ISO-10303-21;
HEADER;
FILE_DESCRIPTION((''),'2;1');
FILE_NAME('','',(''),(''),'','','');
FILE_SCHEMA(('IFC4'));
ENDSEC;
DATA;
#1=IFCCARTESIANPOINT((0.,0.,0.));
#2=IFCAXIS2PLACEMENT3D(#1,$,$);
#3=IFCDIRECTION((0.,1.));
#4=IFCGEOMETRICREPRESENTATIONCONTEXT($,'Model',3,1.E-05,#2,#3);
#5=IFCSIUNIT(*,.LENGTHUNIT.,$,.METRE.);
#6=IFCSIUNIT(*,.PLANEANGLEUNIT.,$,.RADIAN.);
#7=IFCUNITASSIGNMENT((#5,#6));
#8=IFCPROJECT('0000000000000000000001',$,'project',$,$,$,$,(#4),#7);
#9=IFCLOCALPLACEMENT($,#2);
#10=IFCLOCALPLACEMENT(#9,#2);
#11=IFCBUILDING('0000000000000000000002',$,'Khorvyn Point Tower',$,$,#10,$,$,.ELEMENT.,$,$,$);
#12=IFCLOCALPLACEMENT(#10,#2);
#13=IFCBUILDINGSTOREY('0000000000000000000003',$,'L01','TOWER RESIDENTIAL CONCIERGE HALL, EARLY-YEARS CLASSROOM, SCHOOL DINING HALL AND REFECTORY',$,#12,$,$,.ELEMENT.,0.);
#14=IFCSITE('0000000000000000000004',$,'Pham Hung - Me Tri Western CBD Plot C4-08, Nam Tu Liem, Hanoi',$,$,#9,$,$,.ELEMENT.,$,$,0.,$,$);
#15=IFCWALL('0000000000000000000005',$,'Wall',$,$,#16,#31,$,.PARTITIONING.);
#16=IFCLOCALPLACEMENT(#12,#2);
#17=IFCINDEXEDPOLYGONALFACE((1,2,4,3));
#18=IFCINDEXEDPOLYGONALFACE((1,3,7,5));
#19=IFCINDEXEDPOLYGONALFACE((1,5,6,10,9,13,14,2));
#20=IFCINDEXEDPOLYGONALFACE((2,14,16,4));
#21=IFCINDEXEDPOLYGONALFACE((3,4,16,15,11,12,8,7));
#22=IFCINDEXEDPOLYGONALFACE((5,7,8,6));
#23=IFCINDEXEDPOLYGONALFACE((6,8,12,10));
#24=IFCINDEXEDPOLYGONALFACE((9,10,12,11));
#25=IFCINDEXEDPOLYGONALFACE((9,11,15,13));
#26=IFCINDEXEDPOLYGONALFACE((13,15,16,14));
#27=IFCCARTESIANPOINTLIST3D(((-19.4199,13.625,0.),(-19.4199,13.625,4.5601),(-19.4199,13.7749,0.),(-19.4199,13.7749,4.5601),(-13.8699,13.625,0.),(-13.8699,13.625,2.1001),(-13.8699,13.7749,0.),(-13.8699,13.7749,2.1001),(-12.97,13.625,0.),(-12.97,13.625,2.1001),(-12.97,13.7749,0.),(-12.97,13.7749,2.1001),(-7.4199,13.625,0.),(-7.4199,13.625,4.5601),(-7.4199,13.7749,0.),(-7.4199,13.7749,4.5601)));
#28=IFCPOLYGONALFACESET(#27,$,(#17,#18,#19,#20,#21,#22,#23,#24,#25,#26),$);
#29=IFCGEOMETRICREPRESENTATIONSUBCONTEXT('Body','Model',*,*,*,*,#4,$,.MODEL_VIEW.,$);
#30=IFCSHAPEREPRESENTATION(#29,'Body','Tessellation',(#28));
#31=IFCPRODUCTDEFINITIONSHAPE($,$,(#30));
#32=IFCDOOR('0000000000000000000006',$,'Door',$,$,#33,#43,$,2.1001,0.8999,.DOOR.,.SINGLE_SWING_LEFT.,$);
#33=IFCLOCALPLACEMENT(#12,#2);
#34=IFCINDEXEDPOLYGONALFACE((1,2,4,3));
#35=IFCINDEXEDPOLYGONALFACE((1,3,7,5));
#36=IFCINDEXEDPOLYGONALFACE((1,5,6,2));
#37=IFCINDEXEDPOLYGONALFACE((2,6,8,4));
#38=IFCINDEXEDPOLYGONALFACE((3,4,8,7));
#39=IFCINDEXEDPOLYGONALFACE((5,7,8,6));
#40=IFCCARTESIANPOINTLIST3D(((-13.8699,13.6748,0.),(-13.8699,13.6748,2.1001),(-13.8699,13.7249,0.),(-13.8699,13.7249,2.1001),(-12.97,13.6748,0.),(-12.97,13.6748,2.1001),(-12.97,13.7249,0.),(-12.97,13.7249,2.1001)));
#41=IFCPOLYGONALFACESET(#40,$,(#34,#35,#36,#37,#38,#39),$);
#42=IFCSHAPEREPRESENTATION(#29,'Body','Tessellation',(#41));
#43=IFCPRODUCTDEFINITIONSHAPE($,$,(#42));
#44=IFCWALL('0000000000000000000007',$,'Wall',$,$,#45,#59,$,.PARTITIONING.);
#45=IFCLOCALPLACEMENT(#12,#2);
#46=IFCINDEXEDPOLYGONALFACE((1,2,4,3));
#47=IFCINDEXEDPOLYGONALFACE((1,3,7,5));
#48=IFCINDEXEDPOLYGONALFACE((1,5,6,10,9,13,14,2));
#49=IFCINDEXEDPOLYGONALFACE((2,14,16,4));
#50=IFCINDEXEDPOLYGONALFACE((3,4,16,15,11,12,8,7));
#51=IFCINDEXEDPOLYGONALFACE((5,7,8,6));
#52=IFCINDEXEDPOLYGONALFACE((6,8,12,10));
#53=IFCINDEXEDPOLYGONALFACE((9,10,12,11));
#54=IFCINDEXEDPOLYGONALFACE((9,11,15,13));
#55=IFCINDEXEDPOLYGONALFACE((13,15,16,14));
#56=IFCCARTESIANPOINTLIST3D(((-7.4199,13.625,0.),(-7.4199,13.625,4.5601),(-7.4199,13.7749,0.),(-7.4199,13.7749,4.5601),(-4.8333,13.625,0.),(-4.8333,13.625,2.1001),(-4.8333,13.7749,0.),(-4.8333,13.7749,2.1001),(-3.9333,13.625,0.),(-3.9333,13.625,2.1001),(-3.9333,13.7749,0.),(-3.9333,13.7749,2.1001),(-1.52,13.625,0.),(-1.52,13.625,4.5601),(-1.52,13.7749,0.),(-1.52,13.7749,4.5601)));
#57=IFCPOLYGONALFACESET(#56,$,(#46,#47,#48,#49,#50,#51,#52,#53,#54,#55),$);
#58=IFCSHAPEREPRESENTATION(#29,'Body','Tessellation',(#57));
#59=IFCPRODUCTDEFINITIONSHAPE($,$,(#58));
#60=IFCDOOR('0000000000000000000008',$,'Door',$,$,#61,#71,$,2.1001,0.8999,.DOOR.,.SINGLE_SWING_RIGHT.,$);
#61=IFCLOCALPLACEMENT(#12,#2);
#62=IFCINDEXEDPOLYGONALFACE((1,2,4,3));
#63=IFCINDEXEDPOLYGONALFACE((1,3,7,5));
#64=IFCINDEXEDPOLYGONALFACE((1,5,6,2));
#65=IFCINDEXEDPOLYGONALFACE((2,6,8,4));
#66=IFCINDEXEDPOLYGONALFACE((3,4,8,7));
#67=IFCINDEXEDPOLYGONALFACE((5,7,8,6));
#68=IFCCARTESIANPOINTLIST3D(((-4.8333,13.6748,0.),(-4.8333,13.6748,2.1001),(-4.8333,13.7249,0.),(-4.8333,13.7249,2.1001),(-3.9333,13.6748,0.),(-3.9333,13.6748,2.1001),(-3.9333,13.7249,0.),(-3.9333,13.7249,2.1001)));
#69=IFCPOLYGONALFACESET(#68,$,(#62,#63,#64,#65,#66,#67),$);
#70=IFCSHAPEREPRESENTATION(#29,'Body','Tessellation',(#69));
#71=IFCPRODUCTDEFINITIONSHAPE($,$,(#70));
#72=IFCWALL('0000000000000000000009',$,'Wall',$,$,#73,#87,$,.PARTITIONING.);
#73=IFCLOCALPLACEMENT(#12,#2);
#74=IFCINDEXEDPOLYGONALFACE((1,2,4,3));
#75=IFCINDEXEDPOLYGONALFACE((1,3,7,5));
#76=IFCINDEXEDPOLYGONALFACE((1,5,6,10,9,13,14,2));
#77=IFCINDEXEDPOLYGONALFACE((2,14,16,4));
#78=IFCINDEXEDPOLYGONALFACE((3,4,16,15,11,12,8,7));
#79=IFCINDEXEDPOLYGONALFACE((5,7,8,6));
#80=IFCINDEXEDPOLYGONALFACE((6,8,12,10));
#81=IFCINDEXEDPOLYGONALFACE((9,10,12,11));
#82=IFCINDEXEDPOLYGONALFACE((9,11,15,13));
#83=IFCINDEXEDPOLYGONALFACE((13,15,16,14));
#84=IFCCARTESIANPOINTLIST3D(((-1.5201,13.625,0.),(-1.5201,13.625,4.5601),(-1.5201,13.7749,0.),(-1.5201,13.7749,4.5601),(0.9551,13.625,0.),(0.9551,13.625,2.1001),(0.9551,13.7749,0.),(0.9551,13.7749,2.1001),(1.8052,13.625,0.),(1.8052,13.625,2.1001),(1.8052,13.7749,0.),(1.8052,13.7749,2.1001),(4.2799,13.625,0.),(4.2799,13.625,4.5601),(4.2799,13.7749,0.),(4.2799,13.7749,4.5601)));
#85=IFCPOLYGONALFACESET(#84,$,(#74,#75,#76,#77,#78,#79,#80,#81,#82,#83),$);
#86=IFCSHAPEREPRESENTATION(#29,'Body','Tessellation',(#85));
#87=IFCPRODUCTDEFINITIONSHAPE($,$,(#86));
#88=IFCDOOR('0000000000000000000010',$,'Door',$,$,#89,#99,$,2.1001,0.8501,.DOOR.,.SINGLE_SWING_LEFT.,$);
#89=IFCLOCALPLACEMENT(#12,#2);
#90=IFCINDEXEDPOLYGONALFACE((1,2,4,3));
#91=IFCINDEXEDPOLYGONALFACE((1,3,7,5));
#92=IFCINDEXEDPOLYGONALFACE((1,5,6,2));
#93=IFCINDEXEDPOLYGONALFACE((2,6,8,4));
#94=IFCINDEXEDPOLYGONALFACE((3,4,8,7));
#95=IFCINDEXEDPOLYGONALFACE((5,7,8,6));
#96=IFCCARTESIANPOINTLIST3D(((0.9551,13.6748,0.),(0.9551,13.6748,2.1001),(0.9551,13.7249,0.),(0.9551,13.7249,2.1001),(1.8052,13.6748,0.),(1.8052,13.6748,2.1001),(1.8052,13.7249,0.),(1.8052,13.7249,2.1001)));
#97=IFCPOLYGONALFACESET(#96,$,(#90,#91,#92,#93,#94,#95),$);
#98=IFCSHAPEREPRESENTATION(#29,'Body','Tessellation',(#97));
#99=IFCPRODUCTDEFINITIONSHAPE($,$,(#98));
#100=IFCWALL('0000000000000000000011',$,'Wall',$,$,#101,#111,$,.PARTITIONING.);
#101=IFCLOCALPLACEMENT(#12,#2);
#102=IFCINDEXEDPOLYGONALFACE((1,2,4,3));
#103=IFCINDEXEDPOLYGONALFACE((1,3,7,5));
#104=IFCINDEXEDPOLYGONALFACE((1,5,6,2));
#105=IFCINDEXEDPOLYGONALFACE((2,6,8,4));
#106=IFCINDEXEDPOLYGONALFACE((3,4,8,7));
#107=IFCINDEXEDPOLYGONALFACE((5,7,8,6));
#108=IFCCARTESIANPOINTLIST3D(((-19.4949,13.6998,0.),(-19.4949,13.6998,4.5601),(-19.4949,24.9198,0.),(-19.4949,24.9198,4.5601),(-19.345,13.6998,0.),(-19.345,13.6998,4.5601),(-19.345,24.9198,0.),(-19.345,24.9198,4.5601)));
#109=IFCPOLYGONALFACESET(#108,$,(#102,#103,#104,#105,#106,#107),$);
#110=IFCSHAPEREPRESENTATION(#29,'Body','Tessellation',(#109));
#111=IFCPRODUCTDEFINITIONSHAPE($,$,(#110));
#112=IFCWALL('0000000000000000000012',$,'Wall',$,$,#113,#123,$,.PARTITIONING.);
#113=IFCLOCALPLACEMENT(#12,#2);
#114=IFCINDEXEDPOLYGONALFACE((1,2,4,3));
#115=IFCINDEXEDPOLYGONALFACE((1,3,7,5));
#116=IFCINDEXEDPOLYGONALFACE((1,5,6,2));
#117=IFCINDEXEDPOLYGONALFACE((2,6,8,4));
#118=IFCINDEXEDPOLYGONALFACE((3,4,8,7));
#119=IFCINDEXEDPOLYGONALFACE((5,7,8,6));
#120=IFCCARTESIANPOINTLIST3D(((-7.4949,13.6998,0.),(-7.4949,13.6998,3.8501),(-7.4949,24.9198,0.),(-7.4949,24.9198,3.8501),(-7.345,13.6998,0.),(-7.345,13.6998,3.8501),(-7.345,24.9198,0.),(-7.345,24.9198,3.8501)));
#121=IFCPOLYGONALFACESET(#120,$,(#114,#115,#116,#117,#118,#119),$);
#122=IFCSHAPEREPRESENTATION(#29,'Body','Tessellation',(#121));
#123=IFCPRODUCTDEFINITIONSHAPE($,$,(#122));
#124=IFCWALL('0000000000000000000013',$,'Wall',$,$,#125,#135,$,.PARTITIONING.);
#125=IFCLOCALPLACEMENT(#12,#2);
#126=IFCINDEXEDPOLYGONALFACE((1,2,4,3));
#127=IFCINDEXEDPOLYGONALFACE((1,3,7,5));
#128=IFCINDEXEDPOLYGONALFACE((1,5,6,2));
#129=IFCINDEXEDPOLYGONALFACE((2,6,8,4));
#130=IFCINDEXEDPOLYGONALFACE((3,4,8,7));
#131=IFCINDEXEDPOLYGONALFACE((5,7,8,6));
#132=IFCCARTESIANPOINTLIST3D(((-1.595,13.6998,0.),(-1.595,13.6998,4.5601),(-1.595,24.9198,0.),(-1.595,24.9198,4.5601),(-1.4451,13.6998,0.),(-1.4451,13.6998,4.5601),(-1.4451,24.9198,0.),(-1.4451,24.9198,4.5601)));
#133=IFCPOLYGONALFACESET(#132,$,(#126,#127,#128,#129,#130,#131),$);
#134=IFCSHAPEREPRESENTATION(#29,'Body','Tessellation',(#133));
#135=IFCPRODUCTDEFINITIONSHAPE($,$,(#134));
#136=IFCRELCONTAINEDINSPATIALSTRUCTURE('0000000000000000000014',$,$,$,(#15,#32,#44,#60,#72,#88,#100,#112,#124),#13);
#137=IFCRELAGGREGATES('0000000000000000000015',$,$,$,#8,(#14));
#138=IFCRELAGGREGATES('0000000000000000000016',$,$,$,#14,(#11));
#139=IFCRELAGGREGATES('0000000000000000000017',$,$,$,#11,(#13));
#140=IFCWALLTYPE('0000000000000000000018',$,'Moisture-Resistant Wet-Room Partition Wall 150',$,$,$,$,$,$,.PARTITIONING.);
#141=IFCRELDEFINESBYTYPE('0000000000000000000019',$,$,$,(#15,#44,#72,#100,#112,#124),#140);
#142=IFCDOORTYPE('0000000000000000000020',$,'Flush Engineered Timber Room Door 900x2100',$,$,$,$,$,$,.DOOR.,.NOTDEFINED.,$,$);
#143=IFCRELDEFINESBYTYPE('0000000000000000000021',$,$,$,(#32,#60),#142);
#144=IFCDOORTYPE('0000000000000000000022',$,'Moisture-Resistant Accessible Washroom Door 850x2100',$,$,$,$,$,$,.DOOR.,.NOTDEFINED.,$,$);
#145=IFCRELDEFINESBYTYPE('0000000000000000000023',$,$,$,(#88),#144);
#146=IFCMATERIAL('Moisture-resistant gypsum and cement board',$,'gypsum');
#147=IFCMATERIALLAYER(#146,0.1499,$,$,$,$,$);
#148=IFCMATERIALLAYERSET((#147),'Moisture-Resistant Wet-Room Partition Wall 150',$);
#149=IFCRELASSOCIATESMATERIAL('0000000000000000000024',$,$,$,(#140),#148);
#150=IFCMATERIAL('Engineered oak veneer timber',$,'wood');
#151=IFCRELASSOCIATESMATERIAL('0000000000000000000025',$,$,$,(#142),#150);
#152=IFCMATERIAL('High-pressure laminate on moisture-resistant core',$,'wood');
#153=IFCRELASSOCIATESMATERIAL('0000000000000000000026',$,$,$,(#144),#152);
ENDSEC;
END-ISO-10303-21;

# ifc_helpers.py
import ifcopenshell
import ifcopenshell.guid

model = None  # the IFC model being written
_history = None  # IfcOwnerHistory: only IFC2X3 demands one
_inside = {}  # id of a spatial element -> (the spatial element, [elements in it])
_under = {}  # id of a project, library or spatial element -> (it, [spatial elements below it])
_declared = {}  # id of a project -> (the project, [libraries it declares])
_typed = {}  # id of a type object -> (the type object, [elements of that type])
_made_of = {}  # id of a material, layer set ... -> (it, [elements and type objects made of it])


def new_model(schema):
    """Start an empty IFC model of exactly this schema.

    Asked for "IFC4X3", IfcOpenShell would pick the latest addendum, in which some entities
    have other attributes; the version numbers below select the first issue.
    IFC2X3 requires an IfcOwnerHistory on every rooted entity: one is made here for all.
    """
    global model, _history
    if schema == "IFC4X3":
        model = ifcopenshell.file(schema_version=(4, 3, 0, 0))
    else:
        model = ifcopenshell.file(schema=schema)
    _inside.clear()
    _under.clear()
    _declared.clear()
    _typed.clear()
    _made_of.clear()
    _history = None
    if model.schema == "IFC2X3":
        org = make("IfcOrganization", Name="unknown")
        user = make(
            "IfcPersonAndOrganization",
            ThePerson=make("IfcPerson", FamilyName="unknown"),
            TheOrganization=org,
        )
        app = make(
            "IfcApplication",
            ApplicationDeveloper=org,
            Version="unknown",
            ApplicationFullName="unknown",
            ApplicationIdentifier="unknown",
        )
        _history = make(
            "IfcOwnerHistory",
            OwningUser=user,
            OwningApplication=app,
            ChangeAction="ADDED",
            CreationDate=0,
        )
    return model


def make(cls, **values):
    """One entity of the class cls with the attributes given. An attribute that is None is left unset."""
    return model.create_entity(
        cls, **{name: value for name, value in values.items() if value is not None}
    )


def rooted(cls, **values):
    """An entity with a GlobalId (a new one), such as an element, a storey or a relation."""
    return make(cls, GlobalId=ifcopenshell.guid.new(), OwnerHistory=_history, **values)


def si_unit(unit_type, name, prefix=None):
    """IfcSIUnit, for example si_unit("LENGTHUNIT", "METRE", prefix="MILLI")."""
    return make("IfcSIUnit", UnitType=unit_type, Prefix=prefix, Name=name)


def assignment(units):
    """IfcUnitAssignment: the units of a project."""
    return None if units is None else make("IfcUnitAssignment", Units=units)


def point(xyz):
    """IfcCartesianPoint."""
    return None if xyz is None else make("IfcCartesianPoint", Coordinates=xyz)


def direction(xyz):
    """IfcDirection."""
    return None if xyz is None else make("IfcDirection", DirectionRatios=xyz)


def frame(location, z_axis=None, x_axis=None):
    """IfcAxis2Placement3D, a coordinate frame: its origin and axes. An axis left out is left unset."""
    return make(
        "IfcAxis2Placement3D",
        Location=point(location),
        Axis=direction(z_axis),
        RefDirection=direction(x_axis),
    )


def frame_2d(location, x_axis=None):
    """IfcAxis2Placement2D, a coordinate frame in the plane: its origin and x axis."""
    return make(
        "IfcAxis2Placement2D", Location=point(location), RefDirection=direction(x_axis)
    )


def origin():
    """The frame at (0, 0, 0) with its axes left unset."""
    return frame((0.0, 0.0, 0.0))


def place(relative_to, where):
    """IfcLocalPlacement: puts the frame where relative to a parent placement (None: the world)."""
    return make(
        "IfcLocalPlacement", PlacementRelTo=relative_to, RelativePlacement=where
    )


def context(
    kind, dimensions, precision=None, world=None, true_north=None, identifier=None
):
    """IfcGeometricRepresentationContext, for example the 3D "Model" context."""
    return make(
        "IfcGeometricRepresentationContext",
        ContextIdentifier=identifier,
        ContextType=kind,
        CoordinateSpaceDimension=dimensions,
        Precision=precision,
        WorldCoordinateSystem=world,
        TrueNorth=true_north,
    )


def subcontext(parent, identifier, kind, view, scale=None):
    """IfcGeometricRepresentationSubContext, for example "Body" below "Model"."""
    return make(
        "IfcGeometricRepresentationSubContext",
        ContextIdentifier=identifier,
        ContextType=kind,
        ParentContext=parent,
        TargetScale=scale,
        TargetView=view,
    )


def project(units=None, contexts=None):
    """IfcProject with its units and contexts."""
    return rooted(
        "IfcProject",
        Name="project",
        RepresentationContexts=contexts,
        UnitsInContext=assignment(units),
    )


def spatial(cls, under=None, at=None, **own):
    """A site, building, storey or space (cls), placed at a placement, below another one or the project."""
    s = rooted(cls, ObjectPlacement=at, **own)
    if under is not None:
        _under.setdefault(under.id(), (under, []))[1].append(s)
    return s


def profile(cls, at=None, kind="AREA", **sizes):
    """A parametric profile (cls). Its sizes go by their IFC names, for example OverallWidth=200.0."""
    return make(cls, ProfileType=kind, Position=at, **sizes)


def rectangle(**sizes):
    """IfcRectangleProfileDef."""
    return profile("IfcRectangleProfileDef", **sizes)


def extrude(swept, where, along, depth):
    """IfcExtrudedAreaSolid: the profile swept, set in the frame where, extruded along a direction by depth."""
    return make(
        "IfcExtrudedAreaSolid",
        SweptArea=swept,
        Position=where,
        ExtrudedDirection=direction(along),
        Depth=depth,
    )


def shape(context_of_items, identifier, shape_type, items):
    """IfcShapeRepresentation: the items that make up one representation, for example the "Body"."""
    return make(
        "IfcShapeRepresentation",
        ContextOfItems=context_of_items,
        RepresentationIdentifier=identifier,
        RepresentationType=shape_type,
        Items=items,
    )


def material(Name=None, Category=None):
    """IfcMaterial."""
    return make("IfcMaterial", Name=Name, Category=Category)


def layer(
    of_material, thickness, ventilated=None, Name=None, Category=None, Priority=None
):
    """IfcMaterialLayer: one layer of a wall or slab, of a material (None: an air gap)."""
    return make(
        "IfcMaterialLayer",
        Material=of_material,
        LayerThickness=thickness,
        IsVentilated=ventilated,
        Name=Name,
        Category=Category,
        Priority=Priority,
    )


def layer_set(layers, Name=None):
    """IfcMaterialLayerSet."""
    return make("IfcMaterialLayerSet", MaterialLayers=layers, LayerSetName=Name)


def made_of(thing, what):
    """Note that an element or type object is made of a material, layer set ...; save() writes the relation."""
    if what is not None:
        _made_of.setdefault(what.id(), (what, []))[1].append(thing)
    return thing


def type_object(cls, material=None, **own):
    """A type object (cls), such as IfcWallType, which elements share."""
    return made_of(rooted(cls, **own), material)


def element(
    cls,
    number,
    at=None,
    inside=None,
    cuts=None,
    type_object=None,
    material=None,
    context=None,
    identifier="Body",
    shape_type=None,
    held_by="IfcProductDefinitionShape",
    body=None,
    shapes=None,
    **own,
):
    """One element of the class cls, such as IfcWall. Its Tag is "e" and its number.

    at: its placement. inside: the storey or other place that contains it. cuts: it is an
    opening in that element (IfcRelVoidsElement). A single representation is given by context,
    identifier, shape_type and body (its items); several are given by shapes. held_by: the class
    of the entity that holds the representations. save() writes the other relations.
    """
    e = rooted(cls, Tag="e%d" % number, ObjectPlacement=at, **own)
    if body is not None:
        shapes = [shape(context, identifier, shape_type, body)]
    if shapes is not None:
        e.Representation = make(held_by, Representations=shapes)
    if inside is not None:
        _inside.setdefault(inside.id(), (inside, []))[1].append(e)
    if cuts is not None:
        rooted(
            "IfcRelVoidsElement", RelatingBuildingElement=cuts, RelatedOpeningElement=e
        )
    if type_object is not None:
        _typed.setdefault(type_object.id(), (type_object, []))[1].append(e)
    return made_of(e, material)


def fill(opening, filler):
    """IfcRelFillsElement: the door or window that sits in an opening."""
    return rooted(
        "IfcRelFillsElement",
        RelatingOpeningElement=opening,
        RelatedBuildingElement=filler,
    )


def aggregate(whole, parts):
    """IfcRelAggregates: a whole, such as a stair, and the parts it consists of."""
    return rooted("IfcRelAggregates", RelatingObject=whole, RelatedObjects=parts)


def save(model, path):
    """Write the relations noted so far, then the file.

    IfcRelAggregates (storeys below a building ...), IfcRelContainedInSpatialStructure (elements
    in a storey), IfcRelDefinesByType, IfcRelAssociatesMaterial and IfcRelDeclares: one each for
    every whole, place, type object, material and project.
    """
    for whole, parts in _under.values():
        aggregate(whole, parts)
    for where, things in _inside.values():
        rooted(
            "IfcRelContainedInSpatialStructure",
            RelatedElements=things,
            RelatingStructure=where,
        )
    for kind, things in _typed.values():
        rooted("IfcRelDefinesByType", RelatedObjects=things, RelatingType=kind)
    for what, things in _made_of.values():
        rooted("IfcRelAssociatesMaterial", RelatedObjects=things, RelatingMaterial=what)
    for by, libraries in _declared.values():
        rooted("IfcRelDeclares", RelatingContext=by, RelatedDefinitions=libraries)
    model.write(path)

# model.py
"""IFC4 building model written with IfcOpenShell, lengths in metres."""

from ifc_helpers import new_model, si_unit, direction, frame, frame_2d, origin, place, context, subcontext, project, spatial, rectangle, extrude, material, layer, layer_set, type_object, element, fill, save


model = new_model("IFC4")

# Units and contexts
model_context = context("Model", 3, precision=1e-05, world=origin(), true_north=direction((0.0, 1.0)))
body_context = subcontext(model_context, "Body", "Model", "MODEL_VIEW")
ifc_project = project(units=[si_unit("LENGTHUNIT", "METRE"), si_unit("PLANEANGLEUNIT", "RADIAN")], contexts=[model_context])

# Site, building, storey
site_placement = place(None, origin())
site = spatial("IfcSite", under=ifc_project, at=site_placement, Name="Pham Hung - Me Tri Western CBD Plot C4-08, Nam Tu Liem, Hanoi", CompositionType="ELEMENT", RefElevation=0.0)
building_placement = place(site_placement, origin())
building = spatial("IfcBuilding", under=site, at=building_placement, Name="Khorvyn Point Tower", CompositionType="ELEMENT")
storey_placement = place(building_placement, origin())
storey = spatial("IfcBuildingStorey", under=building, at=storey_placement, Name="L01", Description="TOWER RESIDENTIAL CONCIERGE HALL, EARLY-YEARS CLASSROOM, SCHOOL DINING HALL AND REFECTORY", CompositionType="ELEMENT", Elevation=0.0)

# Walls, openings, doors
ifc_material_1 = material(Name="Moisture-resistant gypsum and cement board", Category="gypsum")
ifc_layer_1 = layer(ifc_material_1, 0.1499)
ifc_layer_set_1 = layer_set([ifc_layer_1], Name="Moisture-Resistant Wet-Room Partition Wall 150")
wall_type_1 = type_object("IfcWallType", Name="Moisture-Resistant Wet-Room Partition Wall 150", PredefinedType="PARTITIONING", material=ifc_layer_set_1)
wall_1_placement = place(storey_placement, frame((-19.4199, 13.7, 0.0), z_axis=(0.0, 0.0, 1.0), x_axis=(1.0, 0.0, 0.0)))
wall_1 = element("IfcWall", 1, at=wall_1_placement, inside=storey, type_object=wall_type_1, Name="Wall", PredefinedType="PARTITIONING", context=body_context, shape_type="SweptSolid", body=[
    extrude(rectangle(XDim=12.0, YDim=0.1499, at=frame_2d((6.0, 0.0))), origin(), (0.0, 0.0, 1.0), 4.5601),
])
opening_1_placement = place(wall_1_placement, frame((5.55, 0.0, 0.0)))
opening_1 = element("IfcOpeningElement", 2, at=opening_1_placement, cuts=wall_1, PredefinedType="OPENING", context=body_context, shape_type="SweptSolid", body=[
    extrude(rectangle(XDim=0.8999, YDim=2.1001, at=frame_2d((0.45, 1.05))), frame((0.0, 0.085, 0.0), z_axis=(0.0, -1.0, 0.0), x_axis=(1.0, 0.0, 0.0)), (0.0, 0.0, 1.0), 0.1699),
])
ifc_material_2 = material(Name="Engineered oak veneer timber", Category="wood")
door_type_1 = type_object("IfcDoorType", Name="Flush Engineered Timber Room Door 900x2100", OperationType="NOTDEFINED", PredefinedType="DOOR", material=ifc_material_2)
door_1_placement = place(opening_1_placement, origin())
door_1 = element("IfcDoor", 3, at=door_1_placement, inside=storey, type_object=door_type_1, Name="Door", OperationType="SINGLE_SWING_LEFT", OverallHeight=2.1001, OverallWidth=0.8999, PredefinedType="DOOR", context=body_context, shape_type="SweptSolid", body=[
    extrude(rectangle(XDim=0.8999, YDim=2.1001, at=frame_2d((0.45, 1.05))), frame((0.0, 0.0249, 0.0), z_axis=(0.0, -1.0, 0.0), x_axis=(1.0, 0.0, 0.0)), (0.0, 0.0, 1.0), 0.05),
])
fill(opening_1, door_1)
wall_2_placement = place(storey_placement, frame((-7.4199, 13.7, 0.0), z_axis=(0.0, 0.0, 1.0), x_axis=(1.0, 0.0, 0.0)))
wall_2 = element("IfcWall", 4, at=wall_2_placement, inside=storey, type_object=wall_type_1, Name="Wall", PredefinedType="PARTITIONING", context=body_context, shape_type="SweptSolid", body=[
    extrude(rectangle(XDim=5.8999, YDim=0.1499, at=frame_2d((2.95, 0.0))), origin(), (0.0, 0.0, 1.0), 4.5601),
])
opening_2_placement = place(wall_2_placement, frame((2.5867, 0.0, 0.0)))
opening_2 = element("IfcOpeningElement", 5, at=opening_2_placement, cuts=wall_2, PredefinedType="OPENING", context=body_context, shape_type="SweptSolid", body=[
    extrude(rectangle(XDim=0.8999, YDim=2.1001, at=frame_2d((0.45, 1.05))), frame((0.0, 0.085, 0.0), z_axis=(0.0, -1.0, 0.0), x_axis=(1.0, 0.0, 0.0)), (0.0, 0.0, 1.0), 0.1699),
])
door_2_placement = place(opening_2_placement, origin())
door_2 = element("IfcDoor", 6, at=door_2_placement, inside=storey, type_object=door_type_1, Name="Door", OperationType="SINGLE_SWING_RIGHT", OverallHeight=2.1001, OverallWidth=0.8999, PredefinedType="DOOR", context=body_context, shape_type="SweptSolid", body=[
    extrude(rectangle(XDim=0.8999, YDim=2.1001, at=frame_2d((0.45, 1.05))), frame((0.0, 0.0249, 0.0), z_axis=(0.0, -1.0, 0.0), x_axis=(1.0, 0.0, 0.0)), (0.0, 0.0, 1.0), 0.05),
])
fill(opening_2, door_2)
wall_3_placement = place(storey_placement, frame((-1.52, 13.7, 0.0), z_axis=(0.0, 0.0, 1.0), x_axis=(1.0, 0.0, 0.0)))
wall_3 = element("IfcWall", 7, at=wall_3_placement, inside=storey, type_object=wall_type_1, Name="Wall", PredefinedType="PARTITIONING", context=body_context, shape_type="SweptSolid", body=[
    extrude(rectangle(XDim=5.8, YDim=0.1499, at=frame_2d((2.8999, 0.0))), origin(), (0.0, 0.0, 1.0), 4.5601),
])
opening_3_placement = place(wall_3_placement, frame((2.4751, 0.0, 0.0)))
opening_3 = element("IfcOpeningElement", 8, at=opening_3_placement, cuts=wall_3, PredefinedType="OPENING", context=body_context, shape_type="SweptSolid", body=[
    extrude(rectangle(XDim=0.8501, YDim=2.1001, at=frame_2d((0.425, 1.05))), frame((0.0, 0.085, 0.0), z_axis=(0.0, -1.0, 0.0), x_axis=(1.0, 0.0, 0.0)), (0.0, 0.0, 1.0), 0.1699),
])
ifc_material_3 = material(Name="High-pressure laminate on moisture-resistant core", Category="wood")
door_type_2 = type_object("IfcDoorType", Name="Moisture-Resistant Accessible Washroom Door 850x2100", OperationType="NOTDEFINED", PredefinedType="DOOR", material=ifc_material_3)
door_3_placement = place(opening_3_placement, origin())
door_3 = element("IfcDoor", 9, at=door_3_placement, inside=storey, type_object=door_type_2, Name="Door", OperationType="SINGLE_SWING_LEFT", OverallHeight=2.1001, OverallWidth=0.8501, PredefinedType="DOOR", context=body_context, shape_type="SweptSolid", body=[
    extrude(rectangle(XDim=0.8501, YDim=2.1001, at=frame_2d((0.425, 1.05))), frame((0.0, 0.0249, 0.0), z_axis=(0.0, -1.0, 0.0), x_axis=(1.0, 0.0, 0.0)), (0.0, 0.0, 1.0), 0.05),
])
fill(opening_3, door_3)

# Walls
wall_4_placement = place(storey_placement, frame((-19.4199, 13.7, 0.0), z_axis=(0.0, 0.0, 1.0), x_axis=(0.0, 1.0, 0.0)))
element("IfcWall", 10, at=wall_4_placement, inside=storey, type_object=wall_type_1, Name="Wall", PredefinedType="PARTITIONING", context=body_context, shape_type="SweptSolid", body=[
    extrude(rectangle(XDim=11.22, YDim=0.1499, at=frame_2d((5.6099, 0.0))), origin(), (0.0, 0.0, 1.0), 4.5601),
])
wall_5_placement = place(storey_placement, frame((-7.4199, 13.7, 0.0), z_axis=(0.0, 0.0, 1.0), x_axis=(0.0, 1.0, 0.0)))
element("IfcWall", 11, at=wall_5_placement, inside=storey, type_object=wall_type_1, Name="Wall", PredefinedType="PARTITIONING", context=body_context, shape_type="SweptSolid", body=[
    extrude(rectangle(XDim=11.22, YDim=0.1499, at=frame_2d((5.6099, 0.0))), origin(), (0.0, 0.0, 1.0), 3.8501),
])
wall_6_placement = place(storey_placement, frame((-1.52, 13.7, 0.0), z_axis=(0.0, 0.0, 1.0), x_axis=(0.0, 1.0, 0.0)))
element("IfcWall", 12, at=wall_6_placement, inside=storey, type_object=wall_type_1, Name="Wall", PredefinedType="PARTITIONING", context=body_context, shape_type="SweptSolid", body=[
    extrude(rectangle(XDim=11.22, YDim=0.1499, at=frame_2d((5.6099, 0.0))), origin(), (0.0, 0.0, 1.0), 4.5601),
])

save(model, "model.ifc")
